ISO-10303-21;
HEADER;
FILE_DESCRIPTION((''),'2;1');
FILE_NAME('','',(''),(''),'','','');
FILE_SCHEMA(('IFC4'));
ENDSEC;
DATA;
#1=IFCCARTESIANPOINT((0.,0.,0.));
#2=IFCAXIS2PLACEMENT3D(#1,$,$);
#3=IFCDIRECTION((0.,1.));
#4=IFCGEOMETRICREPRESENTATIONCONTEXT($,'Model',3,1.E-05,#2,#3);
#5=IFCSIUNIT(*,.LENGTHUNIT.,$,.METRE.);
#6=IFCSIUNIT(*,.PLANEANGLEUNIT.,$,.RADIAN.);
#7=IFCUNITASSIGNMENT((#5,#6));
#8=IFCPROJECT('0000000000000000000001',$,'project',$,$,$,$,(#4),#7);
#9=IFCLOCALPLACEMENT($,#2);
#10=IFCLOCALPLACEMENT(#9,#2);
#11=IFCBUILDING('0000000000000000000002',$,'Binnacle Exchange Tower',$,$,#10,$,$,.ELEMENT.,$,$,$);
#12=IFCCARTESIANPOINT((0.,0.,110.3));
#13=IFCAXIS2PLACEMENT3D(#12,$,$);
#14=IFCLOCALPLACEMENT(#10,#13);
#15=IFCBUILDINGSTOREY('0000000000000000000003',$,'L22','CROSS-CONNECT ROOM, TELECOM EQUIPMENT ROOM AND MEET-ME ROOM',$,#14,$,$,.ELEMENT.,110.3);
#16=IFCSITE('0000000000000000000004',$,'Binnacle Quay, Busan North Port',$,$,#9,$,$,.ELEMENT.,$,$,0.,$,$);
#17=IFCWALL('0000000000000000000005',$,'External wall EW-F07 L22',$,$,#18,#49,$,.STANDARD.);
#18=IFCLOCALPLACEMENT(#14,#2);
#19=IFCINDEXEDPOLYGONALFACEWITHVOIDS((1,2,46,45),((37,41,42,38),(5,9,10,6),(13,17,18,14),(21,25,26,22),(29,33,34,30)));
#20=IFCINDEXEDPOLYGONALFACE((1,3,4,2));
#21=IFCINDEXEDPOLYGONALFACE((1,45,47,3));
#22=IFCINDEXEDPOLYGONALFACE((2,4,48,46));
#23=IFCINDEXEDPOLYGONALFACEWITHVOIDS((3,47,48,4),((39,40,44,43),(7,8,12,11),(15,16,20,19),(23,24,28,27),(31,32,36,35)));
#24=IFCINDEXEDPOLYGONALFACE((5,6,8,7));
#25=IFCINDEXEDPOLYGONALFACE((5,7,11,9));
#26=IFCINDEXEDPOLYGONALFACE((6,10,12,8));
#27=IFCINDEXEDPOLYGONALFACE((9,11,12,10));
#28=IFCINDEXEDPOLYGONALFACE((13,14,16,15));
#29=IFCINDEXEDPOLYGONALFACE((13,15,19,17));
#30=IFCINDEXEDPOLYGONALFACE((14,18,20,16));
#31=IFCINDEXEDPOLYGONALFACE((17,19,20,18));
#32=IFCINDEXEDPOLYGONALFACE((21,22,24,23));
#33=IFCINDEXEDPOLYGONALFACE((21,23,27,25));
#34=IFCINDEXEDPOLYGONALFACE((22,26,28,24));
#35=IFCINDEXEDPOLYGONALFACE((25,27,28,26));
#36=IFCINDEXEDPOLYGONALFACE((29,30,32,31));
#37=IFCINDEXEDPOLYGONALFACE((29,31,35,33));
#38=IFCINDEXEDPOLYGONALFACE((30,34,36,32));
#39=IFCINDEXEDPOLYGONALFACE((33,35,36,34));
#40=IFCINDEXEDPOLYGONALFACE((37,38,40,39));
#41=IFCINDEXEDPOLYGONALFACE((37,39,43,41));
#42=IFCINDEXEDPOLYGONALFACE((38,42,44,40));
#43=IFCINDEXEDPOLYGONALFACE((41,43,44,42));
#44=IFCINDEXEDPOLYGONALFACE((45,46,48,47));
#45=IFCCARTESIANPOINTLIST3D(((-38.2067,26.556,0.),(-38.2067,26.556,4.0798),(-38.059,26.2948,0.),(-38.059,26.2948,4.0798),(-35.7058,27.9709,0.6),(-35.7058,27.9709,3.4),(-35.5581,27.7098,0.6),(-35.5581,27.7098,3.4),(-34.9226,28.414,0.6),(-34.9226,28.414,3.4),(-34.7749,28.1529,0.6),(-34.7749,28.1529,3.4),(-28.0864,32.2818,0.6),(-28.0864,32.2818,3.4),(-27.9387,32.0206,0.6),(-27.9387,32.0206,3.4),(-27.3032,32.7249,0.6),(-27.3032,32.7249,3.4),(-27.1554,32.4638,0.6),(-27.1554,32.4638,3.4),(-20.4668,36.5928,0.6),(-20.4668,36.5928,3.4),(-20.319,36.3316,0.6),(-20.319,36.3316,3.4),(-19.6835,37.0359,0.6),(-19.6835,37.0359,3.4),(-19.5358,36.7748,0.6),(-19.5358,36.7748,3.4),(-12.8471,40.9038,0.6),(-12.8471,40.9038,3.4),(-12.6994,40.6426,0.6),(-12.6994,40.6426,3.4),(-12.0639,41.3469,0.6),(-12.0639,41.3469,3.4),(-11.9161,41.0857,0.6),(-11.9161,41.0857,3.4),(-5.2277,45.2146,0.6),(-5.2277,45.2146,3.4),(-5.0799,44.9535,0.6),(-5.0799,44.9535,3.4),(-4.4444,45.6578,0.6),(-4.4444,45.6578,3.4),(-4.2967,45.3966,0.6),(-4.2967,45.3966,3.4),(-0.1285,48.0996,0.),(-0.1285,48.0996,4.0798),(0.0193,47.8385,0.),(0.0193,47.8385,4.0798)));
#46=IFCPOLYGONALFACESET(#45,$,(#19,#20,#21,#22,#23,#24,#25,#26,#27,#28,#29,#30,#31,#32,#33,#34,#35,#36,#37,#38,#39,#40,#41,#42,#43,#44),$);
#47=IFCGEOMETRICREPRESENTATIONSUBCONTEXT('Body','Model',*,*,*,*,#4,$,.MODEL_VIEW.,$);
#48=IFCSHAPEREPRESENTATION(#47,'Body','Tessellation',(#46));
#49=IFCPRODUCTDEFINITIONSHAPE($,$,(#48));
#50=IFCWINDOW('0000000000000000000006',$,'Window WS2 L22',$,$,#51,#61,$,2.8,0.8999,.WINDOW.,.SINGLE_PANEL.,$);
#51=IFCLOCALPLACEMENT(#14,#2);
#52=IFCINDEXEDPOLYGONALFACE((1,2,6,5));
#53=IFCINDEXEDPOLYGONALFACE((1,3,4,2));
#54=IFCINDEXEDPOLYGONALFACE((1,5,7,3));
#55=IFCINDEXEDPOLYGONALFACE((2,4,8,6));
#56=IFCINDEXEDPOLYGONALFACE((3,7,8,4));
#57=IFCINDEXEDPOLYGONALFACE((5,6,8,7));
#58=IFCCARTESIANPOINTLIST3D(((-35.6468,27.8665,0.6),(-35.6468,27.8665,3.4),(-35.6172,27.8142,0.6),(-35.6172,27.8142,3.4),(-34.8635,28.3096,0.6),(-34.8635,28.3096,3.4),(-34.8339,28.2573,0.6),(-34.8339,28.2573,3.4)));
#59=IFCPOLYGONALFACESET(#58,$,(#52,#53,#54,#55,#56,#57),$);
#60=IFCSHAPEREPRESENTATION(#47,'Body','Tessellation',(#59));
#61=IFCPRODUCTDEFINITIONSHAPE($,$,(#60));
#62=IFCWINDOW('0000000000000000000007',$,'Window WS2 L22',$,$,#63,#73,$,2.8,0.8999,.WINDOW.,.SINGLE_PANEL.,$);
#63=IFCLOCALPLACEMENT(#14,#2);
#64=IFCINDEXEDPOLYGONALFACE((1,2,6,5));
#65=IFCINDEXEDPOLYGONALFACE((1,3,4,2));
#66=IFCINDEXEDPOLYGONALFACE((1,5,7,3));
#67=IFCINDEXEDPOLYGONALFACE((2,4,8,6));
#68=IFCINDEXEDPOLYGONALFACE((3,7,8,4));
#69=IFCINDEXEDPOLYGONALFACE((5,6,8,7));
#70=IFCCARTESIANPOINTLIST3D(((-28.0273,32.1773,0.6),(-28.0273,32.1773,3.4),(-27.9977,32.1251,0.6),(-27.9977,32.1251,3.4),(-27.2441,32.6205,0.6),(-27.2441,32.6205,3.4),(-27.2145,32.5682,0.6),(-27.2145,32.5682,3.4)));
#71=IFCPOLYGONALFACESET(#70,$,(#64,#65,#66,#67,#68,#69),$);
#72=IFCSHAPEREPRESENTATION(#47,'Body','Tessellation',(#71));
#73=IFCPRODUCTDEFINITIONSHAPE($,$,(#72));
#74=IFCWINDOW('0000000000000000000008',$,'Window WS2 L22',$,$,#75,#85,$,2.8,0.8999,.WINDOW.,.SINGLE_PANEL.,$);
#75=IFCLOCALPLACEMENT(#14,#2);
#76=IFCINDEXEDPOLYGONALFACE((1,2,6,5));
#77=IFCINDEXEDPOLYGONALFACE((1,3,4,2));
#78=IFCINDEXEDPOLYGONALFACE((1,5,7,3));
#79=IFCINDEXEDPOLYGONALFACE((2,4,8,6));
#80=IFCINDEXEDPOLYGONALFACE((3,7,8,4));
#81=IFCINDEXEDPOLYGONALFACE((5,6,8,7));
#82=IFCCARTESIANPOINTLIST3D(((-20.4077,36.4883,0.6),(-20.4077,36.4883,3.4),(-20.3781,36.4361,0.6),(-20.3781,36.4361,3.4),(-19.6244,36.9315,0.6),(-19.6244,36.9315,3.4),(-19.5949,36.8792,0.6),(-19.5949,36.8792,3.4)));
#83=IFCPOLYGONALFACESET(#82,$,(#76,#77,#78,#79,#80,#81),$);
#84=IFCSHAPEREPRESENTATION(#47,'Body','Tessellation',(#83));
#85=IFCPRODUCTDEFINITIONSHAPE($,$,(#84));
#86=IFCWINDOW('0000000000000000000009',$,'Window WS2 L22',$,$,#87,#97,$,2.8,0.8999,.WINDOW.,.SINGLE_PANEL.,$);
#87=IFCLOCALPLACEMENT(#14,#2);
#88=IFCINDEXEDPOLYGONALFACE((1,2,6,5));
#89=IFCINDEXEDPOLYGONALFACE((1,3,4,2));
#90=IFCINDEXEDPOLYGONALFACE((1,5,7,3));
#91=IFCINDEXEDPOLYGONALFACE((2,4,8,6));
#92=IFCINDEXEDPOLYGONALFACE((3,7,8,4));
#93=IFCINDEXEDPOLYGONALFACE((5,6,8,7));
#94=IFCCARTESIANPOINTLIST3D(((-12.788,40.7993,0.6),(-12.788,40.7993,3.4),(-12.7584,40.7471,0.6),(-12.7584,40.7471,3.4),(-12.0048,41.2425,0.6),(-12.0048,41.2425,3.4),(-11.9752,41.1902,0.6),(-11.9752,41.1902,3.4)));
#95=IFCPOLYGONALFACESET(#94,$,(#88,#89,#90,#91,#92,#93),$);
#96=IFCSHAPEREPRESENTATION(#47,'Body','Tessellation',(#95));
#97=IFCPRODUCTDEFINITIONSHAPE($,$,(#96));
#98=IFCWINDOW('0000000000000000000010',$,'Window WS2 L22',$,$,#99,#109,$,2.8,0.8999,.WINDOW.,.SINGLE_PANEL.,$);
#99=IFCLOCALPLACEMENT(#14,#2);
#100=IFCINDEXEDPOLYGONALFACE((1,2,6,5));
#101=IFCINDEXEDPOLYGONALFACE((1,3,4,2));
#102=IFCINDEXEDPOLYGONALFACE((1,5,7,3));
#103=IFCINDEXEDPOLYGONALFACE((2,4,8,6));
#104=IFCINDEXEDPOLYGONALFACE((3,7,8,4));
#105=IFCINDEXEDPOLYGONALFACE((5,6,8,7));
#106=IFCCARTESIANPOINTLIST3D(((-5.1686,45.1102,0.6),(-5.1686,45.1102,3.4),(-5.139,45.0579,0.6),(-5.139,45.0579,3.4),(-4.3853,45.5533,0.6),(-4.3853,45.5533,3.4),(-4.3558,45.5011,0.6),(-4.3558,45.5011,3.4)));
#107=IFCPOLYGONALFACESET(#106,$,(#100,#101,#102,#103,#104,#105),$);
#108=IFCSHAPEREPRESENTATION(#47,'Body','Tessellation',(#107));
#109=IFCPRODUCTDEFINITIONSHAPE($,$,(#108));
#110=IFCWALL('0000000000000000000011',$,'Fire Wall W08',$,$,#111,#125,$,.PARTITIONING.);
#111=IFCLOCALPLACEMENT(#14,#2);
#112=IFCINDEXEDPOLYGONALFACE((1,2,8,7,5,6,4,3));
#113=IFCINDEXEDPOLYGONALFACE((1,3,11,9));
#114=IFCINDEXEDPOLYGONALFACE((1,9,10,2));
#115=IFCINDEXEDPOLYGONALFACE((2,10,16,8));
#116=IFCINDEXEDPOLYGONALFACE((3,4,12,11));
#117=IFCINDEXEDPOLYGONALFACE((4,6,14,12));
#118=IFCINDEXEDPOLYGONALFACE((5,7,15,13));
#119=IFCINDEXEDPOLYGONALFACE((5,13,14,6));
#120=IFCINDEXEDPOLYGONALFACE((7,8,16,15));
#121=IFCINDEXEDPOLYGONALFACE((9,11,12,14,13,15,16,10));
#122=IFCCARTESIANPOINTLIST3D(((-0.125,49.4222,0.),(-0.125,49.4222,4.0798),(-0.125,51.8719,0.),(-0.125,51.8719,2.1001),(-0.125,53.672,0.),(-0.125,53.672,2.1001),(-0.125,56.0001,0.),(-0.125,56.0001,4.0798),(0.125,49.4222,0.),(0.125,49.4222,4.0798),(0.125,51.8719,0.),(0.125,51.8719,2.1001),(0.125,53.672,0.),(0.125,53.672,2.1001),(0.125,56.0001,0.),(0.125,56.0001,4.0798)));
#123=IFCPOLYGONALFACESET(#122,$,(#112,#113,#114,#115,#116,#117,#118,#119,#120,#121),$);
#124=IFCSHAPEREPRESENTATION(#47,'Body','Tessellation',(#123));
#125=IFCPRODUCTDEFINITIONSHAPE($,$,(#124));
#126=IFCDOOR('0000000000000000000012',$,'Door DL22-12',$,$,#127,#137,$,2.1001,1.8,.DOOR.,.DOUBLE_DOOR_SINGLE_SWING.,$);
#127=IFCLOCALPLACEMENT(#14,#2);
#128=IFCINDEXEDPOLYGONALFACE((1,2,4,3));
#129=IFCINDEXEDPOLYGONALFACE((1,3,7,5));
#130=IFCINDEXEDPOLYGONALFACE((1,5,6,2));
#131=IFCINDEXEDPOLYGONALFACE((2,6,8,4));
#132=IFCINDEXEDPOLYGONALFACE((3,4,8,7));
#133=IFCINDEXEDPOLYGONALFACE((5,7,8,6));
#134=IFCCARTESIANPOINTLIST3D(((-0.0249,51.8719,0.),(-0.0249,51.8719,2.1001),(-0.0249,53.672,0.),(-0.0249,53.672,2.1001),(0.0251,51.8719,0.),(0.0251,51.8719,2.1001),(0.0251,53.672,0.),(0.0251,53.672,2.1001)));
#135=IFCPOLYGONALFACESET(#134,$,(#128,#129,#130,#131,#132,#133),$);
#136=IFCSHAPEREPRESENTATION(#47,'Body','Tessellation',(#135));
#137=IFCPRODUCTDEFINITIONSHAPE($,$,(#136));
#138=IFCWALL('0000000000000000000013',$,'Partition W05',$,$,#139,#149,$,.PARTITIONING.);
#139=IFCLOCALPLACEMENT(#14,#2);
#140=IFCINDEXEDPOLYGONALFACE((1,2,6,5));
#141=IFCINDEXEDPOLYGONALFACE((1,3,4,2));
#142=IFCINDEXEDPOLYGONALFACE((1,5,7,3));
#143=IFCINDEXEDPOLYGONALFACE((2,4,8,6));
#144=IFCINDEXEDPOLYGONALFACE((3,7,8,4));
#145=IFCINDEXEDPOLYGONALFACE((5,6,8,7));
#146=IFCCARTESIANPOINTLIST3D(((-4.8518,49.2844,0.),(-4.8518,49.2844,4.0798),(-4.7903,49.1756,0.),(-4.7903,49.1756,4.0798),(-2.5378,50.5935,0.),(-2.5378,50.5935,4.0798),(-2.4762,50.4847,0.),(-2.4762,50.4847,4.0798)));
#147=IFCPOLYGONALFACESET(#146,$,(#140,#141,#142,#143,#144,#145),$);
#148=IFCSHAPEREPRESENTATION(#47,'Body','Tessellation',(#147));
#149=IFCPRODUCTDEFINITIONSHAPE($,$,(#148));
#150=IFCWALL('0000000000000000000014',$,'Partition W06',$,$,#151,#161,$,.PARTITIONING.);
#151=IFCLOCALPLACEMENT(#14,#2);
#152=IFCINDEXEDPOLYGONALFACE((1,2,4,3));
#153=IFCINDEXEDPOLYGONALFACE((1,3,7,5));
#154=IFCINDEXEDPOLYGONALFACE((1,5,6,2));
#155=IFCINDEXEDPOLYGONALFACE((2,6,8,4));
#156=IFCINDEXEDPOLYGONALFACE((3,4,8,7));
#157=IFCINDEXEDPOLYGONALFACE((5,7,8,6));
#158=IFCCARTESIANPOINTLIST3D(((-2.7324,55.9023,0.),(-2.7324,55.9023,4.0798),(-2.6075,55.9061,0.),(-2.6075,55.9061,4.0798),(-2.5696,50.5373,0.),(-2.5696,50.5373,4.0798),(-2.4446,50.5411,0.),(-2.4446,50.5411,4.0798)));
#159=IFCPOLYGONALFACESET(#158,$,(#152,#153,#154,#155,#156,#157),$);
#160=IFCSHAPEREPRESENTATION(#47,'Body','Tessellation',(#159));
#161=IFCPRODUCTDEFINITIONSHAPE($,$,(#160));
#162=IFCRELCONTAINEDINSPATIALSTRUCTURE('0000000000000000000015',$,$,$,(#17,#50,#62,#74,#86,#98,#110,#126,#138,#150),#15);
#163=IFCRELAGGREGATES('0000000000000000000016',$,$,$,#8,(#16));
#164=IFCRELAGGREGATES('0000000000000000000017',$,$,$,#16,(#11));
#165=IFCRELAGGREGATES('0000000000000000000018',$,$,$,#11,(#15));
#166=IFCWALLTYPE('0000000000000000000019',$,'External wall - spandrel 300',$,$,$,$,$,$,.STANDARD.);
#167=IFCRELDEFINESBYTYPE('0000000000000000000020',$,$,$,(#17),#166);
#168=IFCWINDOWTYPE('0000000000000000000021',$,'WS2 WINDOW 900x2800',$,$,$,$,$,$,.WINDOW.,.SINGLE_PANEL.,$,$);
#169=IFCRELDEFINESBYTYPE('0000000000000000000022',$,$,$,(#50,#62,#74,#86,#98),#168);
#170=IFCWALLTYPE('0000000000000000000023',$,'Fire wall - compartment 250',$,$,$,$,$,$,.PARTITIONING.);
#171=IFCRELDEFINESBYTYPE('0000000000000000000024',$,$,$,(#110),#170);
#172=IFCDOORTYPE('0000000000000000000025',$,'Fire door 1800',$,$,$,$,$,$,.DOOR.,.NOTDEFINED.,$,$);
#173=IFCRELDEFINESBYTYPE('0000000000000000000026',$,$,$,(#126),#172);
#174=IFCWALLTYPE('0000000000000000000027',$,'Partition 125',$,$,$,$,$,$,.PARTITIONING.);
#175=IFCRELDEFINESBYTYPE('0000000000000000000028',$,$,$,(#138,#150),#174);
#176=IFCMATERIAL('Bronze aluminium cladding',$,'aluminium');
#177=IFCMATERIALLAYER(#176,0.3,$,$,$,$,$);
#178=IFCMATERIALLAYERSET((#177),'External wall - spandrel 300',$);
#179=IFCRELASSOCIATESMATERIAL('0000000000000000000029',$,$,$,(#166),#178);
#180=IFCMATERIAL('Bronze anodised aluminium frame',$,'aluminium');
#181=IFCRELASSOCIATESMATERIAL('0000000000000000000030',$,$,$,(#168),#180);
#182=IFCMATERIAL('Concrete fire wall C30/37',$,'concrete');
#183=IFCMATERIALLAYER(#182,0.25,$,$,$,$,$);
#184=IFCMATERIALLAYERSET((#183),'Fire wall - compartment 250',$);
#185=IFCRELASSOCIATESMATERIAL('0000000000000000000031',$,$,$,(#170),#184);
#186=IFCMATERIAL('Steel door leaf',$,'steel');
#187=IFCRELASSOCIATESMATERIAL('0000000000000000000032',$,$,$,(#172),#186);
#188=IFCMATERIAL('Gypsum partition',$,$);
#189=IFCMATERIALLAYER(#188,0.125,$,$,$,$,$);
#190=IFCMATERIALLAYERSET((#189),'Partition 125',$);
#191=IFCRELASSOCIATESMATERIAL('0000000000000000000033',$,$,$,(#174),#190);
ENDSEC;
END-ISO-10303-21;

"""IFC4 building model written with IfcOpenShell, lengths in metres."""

from ifc_helpers import new_model, si_unit, direction, frame, frame_2d, origin, place, context, subcontext, project, spatial, rectangle, extrude, material, layer, layer_set, type_object, element, fill, save


model = new_model("IFC4")

# Units and contexts
model_context = context("Model", 3, precision=1e-05, world=origin(), true_north=direction((0.0, 1.0)))
body_context = subcontext(model_context, "Body", "Model", "MODEL_VIEW")
ifc_project = project(units=[si_unit("LENGTHUNIT", "METRE"), si_unit("PLANEANGLEUNIT", "RADIAN")], contexts=[model_context])

# Site, building, storey
site_placement = place(None, origin())
site = spatial("IfcSite", under=ifc_project, at=site_placement, Name="Binnacle Quay, Busan North Port", CompositionType="ELEMENT", RefElevation=0.0)
building_placement = place(site_placement, origin())
building = spatial("IfcBuilding", under=site, at=building_placement, Name="Binnacle Exchange Tower", CompositionType="ELEMENT")
storey_placement = place(building_placement, frame((0.0, 0.0, 110.3)))
storey = spatial("IfcBuildingStorey", under=building, at=storey_placement, Name="L22", Description="CROSS-CONNECT ROOM, TELECOM EQUIPMENT ROOM AND MEET-ME ROOM", CompositionType="ELEMENT", Elevation=110.3)

# Shared definitions
ifc_material_1 = material(Name="Steel door leaf", Category="steel")

# Wall, openings, windows
ifc_material_2 = material(Name="Bronze aluminium cladding", Category="aluminium")
ifc_layer_1 = layer(ifc_material_2, 0.3)
ifc_layer_set_1 = layer_set([ifc_layer_1], Name="External wall - spandrel 300")
wall_type_1 = type_object("IfcWallType", Name="External wall - spandrel 300", PredefinedType="STANDARD", material=ifc_layer_set_1)
wall_1_placement = place(storey_placement, frame((-0.0547, 47.969, 0.0), z_axis=(0.0, 0.0, 1.0), x_axis=(-0.870356, -0.492423, 0.0)))
wall_1 = element("IfcWall", 1, at=wall_1_placement, inside=storey, type_object=wall_type_1, Name="External wall EW-F07 L22", PredefinedType="STANDARD", context=body_context, shape_type="SweptSolid", body=[
    extrude(rectangle(XDim=43.7502, YDim=0.3, at=frame_2d((21.875, 0.0))), origin(), (0.0, 0.0, 1.0), 4.0798),
])
opening_1_placement = place(wall_1_placement, frame((39.9768, 0.0, 0.6001)))
opening_1 = element("IfcOpeningElement", 2, at=opening_1_placement, cuts=wall_1, PredefinedType="OPENING", context=body_context, shape_type="SweptSolid", body=[
    extrude(rectangle(XDim=0.8999, YDim=2.8, at=frame_2d((0.45, 1.3999))), frame((0.0, 0.1599, 0.0), z_axis=(0.0, -1.0, 0.0), x_axis=(1.0, 0.0, 0.0)), (0.0, 0.0, 1.0), 0.3201),
])
opening_2_placement = place(wall_1_placement, frame((31.2224, 0.0, 0.6001)))
opening_2 = element("IfcOpeningElement", 3, at=opening_2_placement, cuts=wall_1, PredefinedType="OPENING", context=body_context, shape_type="SweptSolid", body=[
    extrude(rectangle(XDim=0.8999, YDim=2.8, at=frame_2d((0.45, 1.3999))), frame((0.0, 0.1599, 0.0), z_axis=(0.0, -1.0, 0.0), x_axis=(1.0, 0.0, 0.0)), (0.0, 0.0, 1.0), 0.3201),
])
opening_3_placement = place(wall_1_placement, frame((22.4678, 0.0, 0.6001)))
opening_3 = element("IfcOpeningElement", 4, at=opening_3_placement, cuts=wall_1, PredefinedType="OPENING", context=body_context, shape_type="SweptSolid", body=[
    extrude(rectangle(XDim=0.8999, YDim=2.8, at=frame_2d((0.45, 1.3999))), frame((0.0, 0.1599, 0.0), z_axis=(0.0, -1.0, 0.0), x_axis=(1.0, 0.0, 0.0)), (0.0, 0.0, 1.0), 0.3201),
])
opening_4_placement = place(wall_1_placement, frame((13.7131, 0.0, 0.6001)))
opening_4 = element("IfcOpeningElement", 5, at=opening_4_placement, cuts=wall_1, PredefinedType="OPENING", context=body_context, shape_type="SweptSolid", body=[
    extrude(rectangle(XDim=0.8999, YDim=2.8, at=frame_2d((0.45, 1.3999))), frame((0.0, 0.1599, 0.0), z_axis=(0.0, -1.0, 0.0), x_axis=(1.0, 0.0, 0.0)), (0.0, 0.0, 1.0), 0.3201),
])
opening_5_placement = place(wall_1_placement, frame((4.9587, 0.0, 0.6001)))
opening_5 = element("IfcOpeningElement", 6, at=opening_5_placement, cuts=wall_1, PredefinedType="OPENING", context=body_context, shape_type="SweptSolid", body=[
    extrude(rectangle(XDim=0.8999, YDim=2.8, at=frame_2d((0.45, 1.3999))), frame((0.0, 0.1599, 0.0), z_axis=(0.0, -1.0, 0.0), x_axis=(1.0, 0.0, 0.0)), (0.0, 0.0, 1.0), 0.3201),
])
ifc_material_3 = material(Name="Bronze anodised aluminium frame", Category="aluminium")
window_type = type_object("IfcWindowType", Name="WS2 WINDOW 900x2800", PartitioningType="SINGLE_PANEL", PredefinedType="WINDOW", material=ifc_material_3)
window_1_placement = place(opening_1_placement, origin())
window_1 = element("IfcWindow", 7, at=window_1_placement, inside=storey, type_object=window_type, Name="Window WS2 L22", OverallHeight=2.8, OverallWidth=0.8999, PartitioningType="SINGLE_PANEL", PredefinedType="WINDOW", context=body_context, shape_type="SweptSolid", body=[
    extrude(rectangle(XDim=0.8999, YDim=2.8, at=frame_2d((0.45, 1.3999))), frame((0.0, 0.03, 0.0), z_axis=(0.0, -1.0, 0.0), x_axis=(1.0, 0.0, 0.0)), (0.0, 0.0, 1.0), 0.0601),
])
fill(opening_1, window_1)
window_2_placement = place(opening_2_placement, origin())
window_2 = element("IfcWindow", 8, at=window_2_placement, inside=storey, type_object=window_type, Name="Window WS2 L22", OverallHeight=2.8, OverallWidth=0.8999, PartitioningType="SINGLE_PANEL", PredefinedType="WINDOW", context=body_context, shape_type="SweptSolid", body=[
    extrude(rectangle(XDim=0.8999, YDim=2.8, at=frame_2d((0.45, 1.3999))), frame((0.0, 0.03, 0.0), z_axis=(0.0, -1.0, 0.0), x_axis=(1.0, 0.0, 0.0)), (0.0, 0.0, 1.0), 0.0601),
])
fill(opening_2, window_2)
window_3_placement = place(opening_3_placement, origin())
window_3 = element("IfcWindow", 9, at=window_3_placement, inside=storey, type_object=window_type, Name="Window WS2 L22", OverallHeight=2.8, OverallWidth=0.8999, PartitioningType="SINGLE_PANEL", PredefinedType="WINDOW", context=body_context, shape_type="SweptSolid", body=[
    extrude(rectangle(XDim=0.8999, YDim=2.8, at=frame_2d((0.45, 1.3999))), frame((0.0, 0.03, 0.0), z_axis=(0.0, -1.0, 0.0), x_axis=(1.0, 0.0, 0.0)), (0.0, 0.0, 1.0), 0.0601),
])
fill(opening_3, window_3)
window_4_placement = place(opening_4_placement, origin())
window_4 = element("IfcWindow", 10, at=window_4_placement, inside=storey, type_object=window_type, Name="Window WS2 L22", OverallHeight=2.8, OverallWidth=0.8999, PartitioningType="SINGLE_PANEL", PredefinedType="WINDOW", context=body_context, shape_type="SweptSolid", body=[
    extrude(rectangle(XDim=0.8999, YDim=2.8, at=frame_2d((0.45, 1.3999))), frame((0.0, 0.03, 0.0), z_axis=(0.0, -1.0, 0.0), x_axis=(1.0, 0.0, 0.0)), (0.0, 0.0, 1.0), 0.0601),
])
fill(opening_4, window_4)
window_5_placement = place(opening_5_placement, origin())
window_5 = element("IfcWindow", 11, at=window_5_placement, inside=storey, type_object=window_type, Name="Window WS2 L22", OverallHeight=2.8, OverallWidth=0.8999, PartitioningType="SINGLE_PANEL", PredefinedType="WINDOW", context=body_context, shape_type="SweptSolid", body=[
    extrude(rectangle(XDim=0.8999, YDim=2.8, at=frame_2d((0.45, 1.3999))), frame((0.0, 0.03, 0.0), z_axis=(0.0, -1.0, 0.0), x_axis=(1.0, 0.0, 0.0)), (0.0, 0.0, 1.0), 0.0601),
])
fill(opening_5, window_5)

# Wall, opening, door
ifc_material_4 = material(Name="Concrete fire wall C30/37", Category="concrete")
ifc_layer_2 = layer(ifc_material_4, 0.25)
ifc_layer_set_2 = layer_set([ifc_layer_2], Name="Fire wall - compartment 250")
wall_type_2 = type_object("IfcWallType", Name="Fire wall - compartment 250", PredefinedType="PARTITIONING", material=ifc_layer_set_2)
wall_2_placement = place(storey_placement, frame((0.0, 49.4221, 0.0), z_axis=(0.0, 0.0, 1.0), x_axis=(0.0, 1.0, 0.0)))
wall_2 = element("IfcWall", 12, at=wall_2_placement, inside=storey, type_object=wall_type_2, Name="Fire Wall W08", PredefinedType="PARTITIONING", context=body_context, shape_type="SweptSolid", body=[
    extrude(rectangle(XDim=6.5779, YDim=0.25, at=frame_2d((3.2891, 0.0))), origin(), (0.0, 0.0, 1.0), 4.0798),
])
opening_6_placement = place(wall_2_placement, frame((2.45, 0.0, 0.0)))
opening_6 = element("IfcOpeningElement", 13, at=opening_6_placement, cuts=wall_2, PredefinedType="OPENING", context=body_context, shape_type="SweptSolid", body=[
    extrude(rectangle(XDim=1.8, YDim=2.1001, at=frame_2d((0.8999, 1.05))), frame((0.0, 0.135, 0.0), z_axis=(0.0, -1.0, 0.0), x_axis=(1.0, 0.0, 0.0)), (0.0, 0.0, 1.0), 0.27),
])
door_type_1 = type_object("IfcDoorType", Name="Fire door 1800", OperationType="NOTDEFINED", PredefinedType="DOOR", material=ifc_material_1)
door_1_placement = place(opening_6_placement, origin())
door_1 = element("IfcDoor", 14, at=door_1_placement, inside=storey, type_object=door_type_1, Name="Door DL22-12", OperationType="DOUBLE_DOOR_SINGLE_SWING", OverallHeight=2.1001, OverallWidth=1.8, PredefinedType="DOOR", context=body_context, shape_type="SweptSolid", body=[
    extrude(rectangle(XDim=1.8, YDim=2.1001, at=frame_2d((0.8999, 1.05))), frame((0.0, 0.0249, 0.0), z_axis=(0.0, -1.0, 0.0), x_axis=(1.0, 0.0, 0.0)), (0.0, 0.0, 1.0), 0.05),
])
fill(opening_6, door_1)

# Walls
ifc_material_5 = material(Name="Gypsum partition")
ifc_layer_3 = layer(ifc_material_5, 0.125)
ifc_layer_set_3 = layer_set([ifc_layer_3], Name="Partition 125")
wall_type_3 = type_object("IfcWallType", Name="Partition 125", PredefinedType="PARTITIONING", material=ifc_layer_set_3)
wall_3_placement = place(storey_placement, frame((-4.821, 49.23, 0.0), z_axis=(0.0, 0.0, 1.0), x_axis=(0.870371, 0.492396, 0.0)))
element("IfcWall", 15, at=wall_3_placement, inside=storey, type_object=wall_type_3, Name="Partition W05", PredefinedType="PARTITIONING", context=body_context, shape_type="SweptSolid", body=[
    extrude(rectangle(XDim=2.6587, YDim=0.125, at=frame_2d((1.3293, 0.0))), origin(), (0.0, 0.0, 1.0), 4.0798),
])
wall_4_placement = place(storey_placement, frame((-2.6699, 55.9041, 0.0), z_axis=(0.0, 0.0, 1.0), x_axis=(0.030339, -0.99954, 0.0)))
element("IfcWall", 16, at=wall_4_placement, inside=storey, type_object=wall_type_3, Name="Partition W06", PredefinedType="PARTITIONING", context=body_context, shape_type="SweptSolid", body=[
    extrude(rectangle(XDim=5.3674, YDim=0.125, at=frame_2d((2.6836, 0.0))), origin(), (0.0, 0.0, 1.0), 4.0798),
])

save(model, "model.ifc")
